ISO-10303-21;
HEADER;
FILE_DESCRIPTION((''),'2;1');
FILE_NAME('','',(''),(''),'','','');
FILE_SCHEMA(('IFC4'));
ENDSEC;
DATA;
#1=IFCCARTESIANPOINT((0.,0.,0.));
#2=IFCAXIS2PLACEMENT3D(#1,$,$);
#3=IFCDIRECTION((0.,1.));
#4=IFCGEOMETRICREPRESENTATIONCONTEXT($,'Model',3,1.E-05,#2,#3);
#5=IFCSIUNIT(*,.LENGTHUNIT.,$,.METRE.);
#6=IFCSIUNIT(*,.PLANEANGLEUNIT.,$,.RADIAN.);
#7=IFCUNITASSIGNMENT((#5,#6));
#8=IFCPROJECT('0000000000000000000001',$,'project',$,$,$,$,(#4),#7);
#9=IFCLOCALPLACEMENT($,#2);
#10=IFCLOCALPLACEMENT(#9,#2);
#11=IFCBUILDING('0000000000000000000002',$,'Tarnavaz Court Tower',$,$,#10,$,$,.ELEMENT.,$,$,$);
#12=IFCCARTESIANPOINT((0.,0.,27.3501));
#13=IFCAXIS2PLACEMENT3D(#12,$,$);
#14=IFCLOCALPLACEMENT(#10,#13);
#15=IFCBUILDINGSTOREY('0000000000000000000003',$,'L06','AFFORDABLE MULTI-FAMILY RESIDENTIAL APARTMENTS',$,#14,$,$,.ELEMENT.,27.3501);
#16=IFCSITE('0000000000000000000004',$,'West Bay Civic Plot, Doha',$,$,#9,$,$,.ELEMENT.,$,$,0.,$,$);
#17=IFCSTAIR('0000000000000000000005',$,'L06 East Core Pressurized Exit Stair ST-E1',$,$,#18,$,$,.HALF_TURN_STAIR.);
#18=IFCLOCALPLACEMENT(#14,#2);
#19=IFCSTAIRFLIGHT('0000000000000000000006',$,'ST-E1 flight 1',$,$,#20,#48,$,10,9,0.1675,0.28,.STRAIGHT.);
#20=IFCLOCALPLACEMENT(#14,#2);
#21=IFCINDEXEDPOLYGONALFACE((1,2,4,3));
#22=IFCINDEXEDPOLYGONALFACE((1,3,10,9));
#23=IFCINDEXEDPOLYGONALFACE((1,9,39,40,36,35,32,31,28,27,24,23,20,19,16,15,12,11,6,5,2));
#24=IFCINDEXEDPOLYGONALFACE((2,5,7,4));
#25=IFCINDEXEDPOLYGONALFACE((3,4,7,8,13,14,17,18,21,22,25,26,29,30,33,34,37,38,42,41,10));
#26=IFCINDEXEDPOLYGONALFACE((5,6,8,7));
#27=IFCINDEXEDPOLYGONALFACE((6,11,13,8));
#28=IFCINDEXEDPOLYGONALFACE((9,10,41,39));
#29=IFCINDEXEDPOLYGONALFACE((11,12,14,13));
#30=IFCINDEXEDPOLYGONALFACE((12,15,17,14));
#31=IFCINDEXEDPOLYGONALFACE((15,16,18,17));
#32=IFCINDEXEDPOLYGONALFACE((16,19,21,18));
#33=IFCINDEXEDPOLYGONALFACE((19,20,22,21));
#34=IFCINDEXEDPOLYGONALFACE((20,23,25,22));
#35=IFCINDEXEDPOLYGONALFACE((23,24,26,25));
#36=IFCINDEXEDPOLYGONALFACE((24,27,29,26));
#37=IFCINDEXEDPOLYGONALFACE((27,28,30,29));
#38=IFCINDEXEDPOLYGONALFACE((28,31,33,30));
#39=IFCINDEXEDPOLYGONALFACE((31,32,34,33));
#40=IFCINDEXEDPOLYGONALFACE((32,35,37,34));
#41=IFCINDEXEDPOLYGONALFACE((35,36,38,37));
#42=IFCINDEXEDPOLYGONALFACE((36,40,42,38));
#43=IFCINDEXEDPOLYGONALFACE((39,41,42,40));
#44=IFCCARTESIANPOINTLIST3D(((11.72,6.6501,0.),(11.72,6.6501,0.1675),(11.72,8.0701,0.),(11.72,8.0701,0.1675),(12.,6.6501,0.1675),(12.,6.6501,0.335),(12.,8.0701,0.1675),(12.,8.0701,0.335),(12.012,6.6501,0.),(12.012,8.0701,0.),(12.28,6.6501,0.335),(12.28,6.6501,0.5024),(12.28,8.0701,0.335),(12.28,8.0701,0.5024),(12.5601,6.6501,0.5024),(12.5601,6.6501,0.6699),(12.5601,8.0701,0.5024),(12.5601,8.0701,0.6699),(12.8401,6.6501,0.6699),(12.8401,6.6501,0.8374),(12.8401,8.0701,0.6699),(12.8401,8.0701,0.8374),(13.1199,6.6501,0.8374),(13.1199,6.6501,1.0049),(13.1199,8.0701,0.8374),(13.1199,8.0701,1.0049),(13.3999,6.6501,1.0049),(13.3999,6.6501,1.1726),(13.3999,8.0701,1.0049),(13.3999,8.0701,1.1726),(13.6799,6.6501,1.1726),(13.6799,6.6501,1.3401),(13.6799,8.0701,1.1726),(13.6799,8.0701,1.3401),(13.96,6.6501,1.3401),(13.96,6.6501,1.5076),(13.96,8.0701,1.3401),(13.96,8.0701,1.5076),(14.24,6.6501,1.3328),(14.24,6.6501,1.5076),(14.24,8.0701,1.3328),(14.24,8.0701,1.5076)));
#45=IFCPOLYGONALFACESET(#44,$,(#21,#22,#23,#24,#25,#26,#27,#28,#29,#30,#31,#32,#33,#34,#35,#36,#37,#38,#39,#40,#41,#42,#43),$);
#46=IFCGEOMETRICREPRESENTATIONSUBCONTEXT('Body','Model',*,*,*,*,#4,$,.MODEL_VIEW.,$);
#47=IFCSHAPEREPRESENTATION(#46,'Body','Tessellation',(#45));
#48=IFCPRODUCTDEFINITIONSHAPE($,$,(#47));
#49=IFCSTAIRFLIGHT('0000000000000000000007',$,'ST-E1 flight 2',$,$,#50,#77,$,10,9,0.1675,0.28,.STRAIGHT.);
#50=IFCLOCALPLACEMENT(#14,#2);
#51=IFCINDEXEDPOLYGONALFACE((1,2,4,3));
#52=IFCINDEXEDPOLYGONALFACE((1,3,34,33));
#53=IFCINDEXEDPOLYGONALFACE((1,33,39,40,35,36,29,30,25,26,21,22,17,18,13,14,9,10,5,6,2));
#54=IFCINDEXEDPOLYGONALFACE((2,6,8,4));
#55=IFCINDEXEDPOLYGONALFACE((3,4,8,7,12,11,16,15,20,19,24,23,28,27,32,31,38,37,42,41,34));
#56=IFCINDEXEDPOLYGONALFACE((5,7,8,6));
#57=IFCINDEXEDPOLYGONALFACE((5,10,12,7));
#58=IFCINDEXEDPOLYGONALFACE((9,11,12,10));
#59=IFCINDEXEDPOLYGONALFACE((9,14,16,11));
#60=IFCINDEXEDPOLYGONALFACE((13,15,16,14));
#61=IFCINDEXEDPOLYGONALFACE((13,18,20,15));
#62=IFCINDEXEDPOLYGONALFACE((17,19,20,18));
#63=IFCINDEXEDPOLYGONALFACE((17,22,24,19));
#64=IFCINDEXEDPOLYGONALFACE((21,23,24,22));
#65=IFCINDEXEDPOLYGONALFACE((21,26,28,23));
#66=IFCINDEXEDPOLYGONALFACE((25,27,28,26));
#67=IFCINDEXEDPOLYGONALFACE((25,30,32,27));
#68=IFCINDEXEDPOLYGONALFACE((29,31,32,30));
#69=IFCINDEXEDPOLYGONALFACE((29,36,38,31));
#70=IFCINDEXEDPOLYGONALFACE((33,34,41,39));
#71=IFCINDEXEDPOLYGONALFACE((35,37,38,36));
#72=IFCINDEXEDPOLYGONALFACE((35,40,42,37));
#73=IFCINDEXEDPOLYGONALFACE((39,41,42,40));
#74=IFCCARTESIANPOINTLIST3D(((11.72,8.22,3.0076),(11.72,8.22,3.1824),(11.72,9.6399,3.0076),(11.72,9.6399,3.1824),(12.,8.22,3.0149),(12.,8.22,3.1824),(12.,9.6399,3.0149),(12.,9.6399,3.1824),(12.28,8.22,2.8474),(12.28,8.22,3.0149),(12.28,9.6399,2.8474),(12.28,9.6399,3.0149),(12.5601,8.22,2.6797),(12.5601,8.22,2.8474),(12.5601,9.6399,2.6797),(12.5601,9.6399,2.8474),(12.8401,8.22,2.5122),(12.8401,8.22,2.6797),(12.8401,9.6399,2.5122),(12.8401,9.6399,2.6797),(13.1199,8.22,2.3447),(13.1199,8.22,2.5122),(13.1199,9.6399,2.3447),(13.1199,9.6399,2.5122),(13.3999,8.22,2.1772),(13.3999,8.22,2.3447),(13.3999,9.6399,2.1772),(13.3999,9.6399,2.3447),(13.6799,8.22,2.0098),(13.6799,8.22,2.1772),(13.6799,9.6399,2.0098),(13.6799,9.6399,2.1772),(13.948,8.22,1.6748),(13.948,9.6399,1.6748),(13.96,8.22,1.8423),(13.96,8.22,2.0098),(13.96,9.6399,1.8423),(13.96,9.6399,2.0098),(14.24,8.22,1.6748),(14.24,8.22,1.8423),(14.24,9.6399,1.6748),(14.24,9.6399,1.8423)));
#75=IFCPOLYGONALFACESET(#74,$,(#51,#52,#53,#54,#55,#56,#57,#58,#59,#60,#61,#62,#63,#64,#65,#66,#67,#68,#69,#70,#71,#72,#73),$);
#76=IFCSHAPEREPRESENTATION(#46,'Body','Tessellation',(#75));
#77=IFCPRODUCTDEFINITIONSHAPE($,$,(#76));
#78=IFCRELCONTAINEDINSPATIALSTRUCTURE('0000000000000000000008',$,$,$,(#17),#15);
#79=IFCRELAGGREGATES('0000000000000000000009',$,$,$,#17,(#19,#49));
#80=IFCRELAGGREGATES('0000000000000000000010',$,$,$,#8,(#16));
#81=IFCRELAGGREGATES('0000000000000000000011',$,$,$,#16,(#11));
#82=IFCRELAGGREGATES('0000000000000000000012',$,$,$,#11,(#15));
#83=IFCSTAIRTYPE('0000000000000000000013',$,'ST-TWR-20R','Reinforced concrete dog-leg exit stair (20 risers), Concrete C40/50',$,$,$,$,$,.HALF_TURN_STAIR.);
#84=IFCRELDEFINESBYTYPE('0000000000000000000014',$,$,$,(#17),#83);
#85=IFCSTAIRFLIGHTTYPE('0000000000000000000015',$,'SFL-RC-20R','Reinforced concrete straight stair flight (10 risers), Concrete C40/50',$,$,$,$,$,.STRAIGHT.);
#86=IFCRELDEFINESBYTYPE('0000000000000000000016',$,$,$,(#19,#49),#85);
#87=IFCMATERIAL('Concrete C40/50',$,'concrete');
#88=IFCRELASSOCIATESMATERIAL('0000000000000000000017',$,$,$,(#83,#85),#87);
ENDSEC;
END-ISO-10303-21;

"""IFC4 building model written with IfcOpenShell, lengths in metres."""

from ifc_helpers import new_model, si_unit, direction, frame, origin, place, context, subcontext, project, spatial, polyline, outline, extrude, material, type_object, element, aggregate, save


model = new_model("IFC4")

# Units and contexts
model_context = context("Model", 3, precision=1e-05, world=origin(), true_north=direction((0.0, 1.0)))
body_context = subcontext(model_context, "Body", "Model", "MODEL_VIEW")
ifc_project = project(units=[si_unit("LENGTHUNIT", "METRE"), si_unit("PLANEANGLEUNIT", "RADIAN")], contexts=[model_context])

# Site, building, storey
site_placement = place(None, origin())
site = spatial("IfcSite", under=ifc_project, at=site_placement, Name="West Bay Civic Plot, Doha", CompositionType="ELEMENT", RefElevation=0.0)
building_placement = place(site_placement, origin())
building = spatial("IfcBuilding", under=site, at=building_placement, Name="Tarnavaz Court Tower", CompositionType="ELEMENT")
storey_placement = place(building_placement, frame((0.0, 0.0, 27.3501)))
storey = spatial("IfcBuildingStorey", under=building, at=storey_placement, Name="L06", Description="AFFORDABLE MULTI-FAMILY RESIDENTIAL APARTMENTS", CompositionType="ELEMENT", Elevation=27.3501)

# Stair, stair flights
ifc_material_1 = material(Name="Concrete C40/50", Category="concrete")
stair_type = type_object("IfcStairType", Name="ST-TWR-20R", Description="Reinforced concrete dog-leg exit stair (20 risers), Concrete C40/50", PredefinedType="HALF_TURN_STAIR", material=ifc_material_1)
stair_placement = place(storey_placement, origin())
stair = element("IfcStair", 1, at=stair_placement, inside=storey, type_object=stair_type, Name="L06 East Core Pressurized Exit Stair ST-E1", PredefinedType="HALF_TURN_STAIR")
stair_flight_type = type_object("IfcStairFlightType", Name="SFL-RC-20R", Description="Reinforced concrete straight stair flight (10 risers), Concrete C40/50", PredefinedType="STRAIGHT", material=ifc_material_1)
stair_flight_1_placement = place(storey_placement, frame((11.72, 7.3601, 0.0), z_axis=(0.0, 0.0, 1.0), x_axis=(1.0, 0.0, 0.0)))
stair_flight_1 = element("IfcStairFlight", 2, at=stair_flight_1_placement, type_object=stair_flight_type, Name="ST-E1 flight 1", NumberOfRisers=10, NumberOfTreads=9, PredefinedType="STRAIGHT", RiserHeight=0.1675, TreadLength=0.28, context=body_context, shape_type="SweptSolid", body=[
    extrude(outline(polyline([(0.0, 0.0), (0.0, 0.1675), (0.28, 0.1675), (0.28, 0.335), (0.5601, 0.335), (0.5601, 0.5024), (0.8401, 0.5024), (0.8401, 0.6699), (1.1201, 0.6699), (1.1201, 0.8374), (1.3999, 0.8374), (1.3999, 1.0049), (1.6799, 1.0049), (1.6799, 1.1726), (1.96, 1.1726), (1.96, 1.3401), (2.24, 1.3401), (2.24, 1.5076), (2.52, 1.5076), (2.52, 1.675), (2.52, 1.3328), (0.292, 0.0), (0.0, 0.0)])), frame((0.0, 0.71, 0.0), z_axis=(0.0, -1.0, 0.0), x_axis=(1.0, 0.0, 0.0)), (0.0, 0.0, 1.0), 1.4199),
])
stair_flight_2_placement = place(storey_placement, frame((14.24, 8.9299, 1.6748), z_axis=(0.0, 0.0, 1.0), x_axis=(-1.0, 0.0, 0.0)))
stair_flight_2 = element("IfcStairFlight", 3, at=stair_flight_2_placement, type_object=stair_flight_type, Name="ST-E1 flight 2", NumberOfRisers=10, NumberOfTreads=9, PredefinedType="STRAIGHT", RiserHeight=0.1675, TreadLength=0.28, context=body_context, shape_type="SweptSolid", body=[
    extrude(outline(polyline([(0.0, 0.0), (0.0, 0.1675), (0.28, 0.1675), (0.28, 0.335), (0.5601, 0.335), (0.5601, 0.5024), (0.8401, 0.5024), (0.8401, 0.6699), (1.1201, 0.6699), (1.1201, 0.8374), (1.3999, 0.8374), (1.3999, 1.0049), (1.6799, 1.0049), (1.6799, 1.1726), (1.96, 1.1726), (1.96, 1.3401), (2.24, 1.3401), (2.24, 1.5076), (2.52, 1.5076), (2.52, 1.675), (2.52, 1.3328), (0.292, 0.0), (0.0, 0.0)])), frame((0.0, 0.71, 0.0), z_axis=(0.0, -1.0, 0.0), x_axis=(1.0, 0.0, 0.0)), (0.0, 0.0, 1.0), 1.4199),
])
aggregate(stair, [stair_flight_1, stair_flight_2])

save(model, "model.ifc")
